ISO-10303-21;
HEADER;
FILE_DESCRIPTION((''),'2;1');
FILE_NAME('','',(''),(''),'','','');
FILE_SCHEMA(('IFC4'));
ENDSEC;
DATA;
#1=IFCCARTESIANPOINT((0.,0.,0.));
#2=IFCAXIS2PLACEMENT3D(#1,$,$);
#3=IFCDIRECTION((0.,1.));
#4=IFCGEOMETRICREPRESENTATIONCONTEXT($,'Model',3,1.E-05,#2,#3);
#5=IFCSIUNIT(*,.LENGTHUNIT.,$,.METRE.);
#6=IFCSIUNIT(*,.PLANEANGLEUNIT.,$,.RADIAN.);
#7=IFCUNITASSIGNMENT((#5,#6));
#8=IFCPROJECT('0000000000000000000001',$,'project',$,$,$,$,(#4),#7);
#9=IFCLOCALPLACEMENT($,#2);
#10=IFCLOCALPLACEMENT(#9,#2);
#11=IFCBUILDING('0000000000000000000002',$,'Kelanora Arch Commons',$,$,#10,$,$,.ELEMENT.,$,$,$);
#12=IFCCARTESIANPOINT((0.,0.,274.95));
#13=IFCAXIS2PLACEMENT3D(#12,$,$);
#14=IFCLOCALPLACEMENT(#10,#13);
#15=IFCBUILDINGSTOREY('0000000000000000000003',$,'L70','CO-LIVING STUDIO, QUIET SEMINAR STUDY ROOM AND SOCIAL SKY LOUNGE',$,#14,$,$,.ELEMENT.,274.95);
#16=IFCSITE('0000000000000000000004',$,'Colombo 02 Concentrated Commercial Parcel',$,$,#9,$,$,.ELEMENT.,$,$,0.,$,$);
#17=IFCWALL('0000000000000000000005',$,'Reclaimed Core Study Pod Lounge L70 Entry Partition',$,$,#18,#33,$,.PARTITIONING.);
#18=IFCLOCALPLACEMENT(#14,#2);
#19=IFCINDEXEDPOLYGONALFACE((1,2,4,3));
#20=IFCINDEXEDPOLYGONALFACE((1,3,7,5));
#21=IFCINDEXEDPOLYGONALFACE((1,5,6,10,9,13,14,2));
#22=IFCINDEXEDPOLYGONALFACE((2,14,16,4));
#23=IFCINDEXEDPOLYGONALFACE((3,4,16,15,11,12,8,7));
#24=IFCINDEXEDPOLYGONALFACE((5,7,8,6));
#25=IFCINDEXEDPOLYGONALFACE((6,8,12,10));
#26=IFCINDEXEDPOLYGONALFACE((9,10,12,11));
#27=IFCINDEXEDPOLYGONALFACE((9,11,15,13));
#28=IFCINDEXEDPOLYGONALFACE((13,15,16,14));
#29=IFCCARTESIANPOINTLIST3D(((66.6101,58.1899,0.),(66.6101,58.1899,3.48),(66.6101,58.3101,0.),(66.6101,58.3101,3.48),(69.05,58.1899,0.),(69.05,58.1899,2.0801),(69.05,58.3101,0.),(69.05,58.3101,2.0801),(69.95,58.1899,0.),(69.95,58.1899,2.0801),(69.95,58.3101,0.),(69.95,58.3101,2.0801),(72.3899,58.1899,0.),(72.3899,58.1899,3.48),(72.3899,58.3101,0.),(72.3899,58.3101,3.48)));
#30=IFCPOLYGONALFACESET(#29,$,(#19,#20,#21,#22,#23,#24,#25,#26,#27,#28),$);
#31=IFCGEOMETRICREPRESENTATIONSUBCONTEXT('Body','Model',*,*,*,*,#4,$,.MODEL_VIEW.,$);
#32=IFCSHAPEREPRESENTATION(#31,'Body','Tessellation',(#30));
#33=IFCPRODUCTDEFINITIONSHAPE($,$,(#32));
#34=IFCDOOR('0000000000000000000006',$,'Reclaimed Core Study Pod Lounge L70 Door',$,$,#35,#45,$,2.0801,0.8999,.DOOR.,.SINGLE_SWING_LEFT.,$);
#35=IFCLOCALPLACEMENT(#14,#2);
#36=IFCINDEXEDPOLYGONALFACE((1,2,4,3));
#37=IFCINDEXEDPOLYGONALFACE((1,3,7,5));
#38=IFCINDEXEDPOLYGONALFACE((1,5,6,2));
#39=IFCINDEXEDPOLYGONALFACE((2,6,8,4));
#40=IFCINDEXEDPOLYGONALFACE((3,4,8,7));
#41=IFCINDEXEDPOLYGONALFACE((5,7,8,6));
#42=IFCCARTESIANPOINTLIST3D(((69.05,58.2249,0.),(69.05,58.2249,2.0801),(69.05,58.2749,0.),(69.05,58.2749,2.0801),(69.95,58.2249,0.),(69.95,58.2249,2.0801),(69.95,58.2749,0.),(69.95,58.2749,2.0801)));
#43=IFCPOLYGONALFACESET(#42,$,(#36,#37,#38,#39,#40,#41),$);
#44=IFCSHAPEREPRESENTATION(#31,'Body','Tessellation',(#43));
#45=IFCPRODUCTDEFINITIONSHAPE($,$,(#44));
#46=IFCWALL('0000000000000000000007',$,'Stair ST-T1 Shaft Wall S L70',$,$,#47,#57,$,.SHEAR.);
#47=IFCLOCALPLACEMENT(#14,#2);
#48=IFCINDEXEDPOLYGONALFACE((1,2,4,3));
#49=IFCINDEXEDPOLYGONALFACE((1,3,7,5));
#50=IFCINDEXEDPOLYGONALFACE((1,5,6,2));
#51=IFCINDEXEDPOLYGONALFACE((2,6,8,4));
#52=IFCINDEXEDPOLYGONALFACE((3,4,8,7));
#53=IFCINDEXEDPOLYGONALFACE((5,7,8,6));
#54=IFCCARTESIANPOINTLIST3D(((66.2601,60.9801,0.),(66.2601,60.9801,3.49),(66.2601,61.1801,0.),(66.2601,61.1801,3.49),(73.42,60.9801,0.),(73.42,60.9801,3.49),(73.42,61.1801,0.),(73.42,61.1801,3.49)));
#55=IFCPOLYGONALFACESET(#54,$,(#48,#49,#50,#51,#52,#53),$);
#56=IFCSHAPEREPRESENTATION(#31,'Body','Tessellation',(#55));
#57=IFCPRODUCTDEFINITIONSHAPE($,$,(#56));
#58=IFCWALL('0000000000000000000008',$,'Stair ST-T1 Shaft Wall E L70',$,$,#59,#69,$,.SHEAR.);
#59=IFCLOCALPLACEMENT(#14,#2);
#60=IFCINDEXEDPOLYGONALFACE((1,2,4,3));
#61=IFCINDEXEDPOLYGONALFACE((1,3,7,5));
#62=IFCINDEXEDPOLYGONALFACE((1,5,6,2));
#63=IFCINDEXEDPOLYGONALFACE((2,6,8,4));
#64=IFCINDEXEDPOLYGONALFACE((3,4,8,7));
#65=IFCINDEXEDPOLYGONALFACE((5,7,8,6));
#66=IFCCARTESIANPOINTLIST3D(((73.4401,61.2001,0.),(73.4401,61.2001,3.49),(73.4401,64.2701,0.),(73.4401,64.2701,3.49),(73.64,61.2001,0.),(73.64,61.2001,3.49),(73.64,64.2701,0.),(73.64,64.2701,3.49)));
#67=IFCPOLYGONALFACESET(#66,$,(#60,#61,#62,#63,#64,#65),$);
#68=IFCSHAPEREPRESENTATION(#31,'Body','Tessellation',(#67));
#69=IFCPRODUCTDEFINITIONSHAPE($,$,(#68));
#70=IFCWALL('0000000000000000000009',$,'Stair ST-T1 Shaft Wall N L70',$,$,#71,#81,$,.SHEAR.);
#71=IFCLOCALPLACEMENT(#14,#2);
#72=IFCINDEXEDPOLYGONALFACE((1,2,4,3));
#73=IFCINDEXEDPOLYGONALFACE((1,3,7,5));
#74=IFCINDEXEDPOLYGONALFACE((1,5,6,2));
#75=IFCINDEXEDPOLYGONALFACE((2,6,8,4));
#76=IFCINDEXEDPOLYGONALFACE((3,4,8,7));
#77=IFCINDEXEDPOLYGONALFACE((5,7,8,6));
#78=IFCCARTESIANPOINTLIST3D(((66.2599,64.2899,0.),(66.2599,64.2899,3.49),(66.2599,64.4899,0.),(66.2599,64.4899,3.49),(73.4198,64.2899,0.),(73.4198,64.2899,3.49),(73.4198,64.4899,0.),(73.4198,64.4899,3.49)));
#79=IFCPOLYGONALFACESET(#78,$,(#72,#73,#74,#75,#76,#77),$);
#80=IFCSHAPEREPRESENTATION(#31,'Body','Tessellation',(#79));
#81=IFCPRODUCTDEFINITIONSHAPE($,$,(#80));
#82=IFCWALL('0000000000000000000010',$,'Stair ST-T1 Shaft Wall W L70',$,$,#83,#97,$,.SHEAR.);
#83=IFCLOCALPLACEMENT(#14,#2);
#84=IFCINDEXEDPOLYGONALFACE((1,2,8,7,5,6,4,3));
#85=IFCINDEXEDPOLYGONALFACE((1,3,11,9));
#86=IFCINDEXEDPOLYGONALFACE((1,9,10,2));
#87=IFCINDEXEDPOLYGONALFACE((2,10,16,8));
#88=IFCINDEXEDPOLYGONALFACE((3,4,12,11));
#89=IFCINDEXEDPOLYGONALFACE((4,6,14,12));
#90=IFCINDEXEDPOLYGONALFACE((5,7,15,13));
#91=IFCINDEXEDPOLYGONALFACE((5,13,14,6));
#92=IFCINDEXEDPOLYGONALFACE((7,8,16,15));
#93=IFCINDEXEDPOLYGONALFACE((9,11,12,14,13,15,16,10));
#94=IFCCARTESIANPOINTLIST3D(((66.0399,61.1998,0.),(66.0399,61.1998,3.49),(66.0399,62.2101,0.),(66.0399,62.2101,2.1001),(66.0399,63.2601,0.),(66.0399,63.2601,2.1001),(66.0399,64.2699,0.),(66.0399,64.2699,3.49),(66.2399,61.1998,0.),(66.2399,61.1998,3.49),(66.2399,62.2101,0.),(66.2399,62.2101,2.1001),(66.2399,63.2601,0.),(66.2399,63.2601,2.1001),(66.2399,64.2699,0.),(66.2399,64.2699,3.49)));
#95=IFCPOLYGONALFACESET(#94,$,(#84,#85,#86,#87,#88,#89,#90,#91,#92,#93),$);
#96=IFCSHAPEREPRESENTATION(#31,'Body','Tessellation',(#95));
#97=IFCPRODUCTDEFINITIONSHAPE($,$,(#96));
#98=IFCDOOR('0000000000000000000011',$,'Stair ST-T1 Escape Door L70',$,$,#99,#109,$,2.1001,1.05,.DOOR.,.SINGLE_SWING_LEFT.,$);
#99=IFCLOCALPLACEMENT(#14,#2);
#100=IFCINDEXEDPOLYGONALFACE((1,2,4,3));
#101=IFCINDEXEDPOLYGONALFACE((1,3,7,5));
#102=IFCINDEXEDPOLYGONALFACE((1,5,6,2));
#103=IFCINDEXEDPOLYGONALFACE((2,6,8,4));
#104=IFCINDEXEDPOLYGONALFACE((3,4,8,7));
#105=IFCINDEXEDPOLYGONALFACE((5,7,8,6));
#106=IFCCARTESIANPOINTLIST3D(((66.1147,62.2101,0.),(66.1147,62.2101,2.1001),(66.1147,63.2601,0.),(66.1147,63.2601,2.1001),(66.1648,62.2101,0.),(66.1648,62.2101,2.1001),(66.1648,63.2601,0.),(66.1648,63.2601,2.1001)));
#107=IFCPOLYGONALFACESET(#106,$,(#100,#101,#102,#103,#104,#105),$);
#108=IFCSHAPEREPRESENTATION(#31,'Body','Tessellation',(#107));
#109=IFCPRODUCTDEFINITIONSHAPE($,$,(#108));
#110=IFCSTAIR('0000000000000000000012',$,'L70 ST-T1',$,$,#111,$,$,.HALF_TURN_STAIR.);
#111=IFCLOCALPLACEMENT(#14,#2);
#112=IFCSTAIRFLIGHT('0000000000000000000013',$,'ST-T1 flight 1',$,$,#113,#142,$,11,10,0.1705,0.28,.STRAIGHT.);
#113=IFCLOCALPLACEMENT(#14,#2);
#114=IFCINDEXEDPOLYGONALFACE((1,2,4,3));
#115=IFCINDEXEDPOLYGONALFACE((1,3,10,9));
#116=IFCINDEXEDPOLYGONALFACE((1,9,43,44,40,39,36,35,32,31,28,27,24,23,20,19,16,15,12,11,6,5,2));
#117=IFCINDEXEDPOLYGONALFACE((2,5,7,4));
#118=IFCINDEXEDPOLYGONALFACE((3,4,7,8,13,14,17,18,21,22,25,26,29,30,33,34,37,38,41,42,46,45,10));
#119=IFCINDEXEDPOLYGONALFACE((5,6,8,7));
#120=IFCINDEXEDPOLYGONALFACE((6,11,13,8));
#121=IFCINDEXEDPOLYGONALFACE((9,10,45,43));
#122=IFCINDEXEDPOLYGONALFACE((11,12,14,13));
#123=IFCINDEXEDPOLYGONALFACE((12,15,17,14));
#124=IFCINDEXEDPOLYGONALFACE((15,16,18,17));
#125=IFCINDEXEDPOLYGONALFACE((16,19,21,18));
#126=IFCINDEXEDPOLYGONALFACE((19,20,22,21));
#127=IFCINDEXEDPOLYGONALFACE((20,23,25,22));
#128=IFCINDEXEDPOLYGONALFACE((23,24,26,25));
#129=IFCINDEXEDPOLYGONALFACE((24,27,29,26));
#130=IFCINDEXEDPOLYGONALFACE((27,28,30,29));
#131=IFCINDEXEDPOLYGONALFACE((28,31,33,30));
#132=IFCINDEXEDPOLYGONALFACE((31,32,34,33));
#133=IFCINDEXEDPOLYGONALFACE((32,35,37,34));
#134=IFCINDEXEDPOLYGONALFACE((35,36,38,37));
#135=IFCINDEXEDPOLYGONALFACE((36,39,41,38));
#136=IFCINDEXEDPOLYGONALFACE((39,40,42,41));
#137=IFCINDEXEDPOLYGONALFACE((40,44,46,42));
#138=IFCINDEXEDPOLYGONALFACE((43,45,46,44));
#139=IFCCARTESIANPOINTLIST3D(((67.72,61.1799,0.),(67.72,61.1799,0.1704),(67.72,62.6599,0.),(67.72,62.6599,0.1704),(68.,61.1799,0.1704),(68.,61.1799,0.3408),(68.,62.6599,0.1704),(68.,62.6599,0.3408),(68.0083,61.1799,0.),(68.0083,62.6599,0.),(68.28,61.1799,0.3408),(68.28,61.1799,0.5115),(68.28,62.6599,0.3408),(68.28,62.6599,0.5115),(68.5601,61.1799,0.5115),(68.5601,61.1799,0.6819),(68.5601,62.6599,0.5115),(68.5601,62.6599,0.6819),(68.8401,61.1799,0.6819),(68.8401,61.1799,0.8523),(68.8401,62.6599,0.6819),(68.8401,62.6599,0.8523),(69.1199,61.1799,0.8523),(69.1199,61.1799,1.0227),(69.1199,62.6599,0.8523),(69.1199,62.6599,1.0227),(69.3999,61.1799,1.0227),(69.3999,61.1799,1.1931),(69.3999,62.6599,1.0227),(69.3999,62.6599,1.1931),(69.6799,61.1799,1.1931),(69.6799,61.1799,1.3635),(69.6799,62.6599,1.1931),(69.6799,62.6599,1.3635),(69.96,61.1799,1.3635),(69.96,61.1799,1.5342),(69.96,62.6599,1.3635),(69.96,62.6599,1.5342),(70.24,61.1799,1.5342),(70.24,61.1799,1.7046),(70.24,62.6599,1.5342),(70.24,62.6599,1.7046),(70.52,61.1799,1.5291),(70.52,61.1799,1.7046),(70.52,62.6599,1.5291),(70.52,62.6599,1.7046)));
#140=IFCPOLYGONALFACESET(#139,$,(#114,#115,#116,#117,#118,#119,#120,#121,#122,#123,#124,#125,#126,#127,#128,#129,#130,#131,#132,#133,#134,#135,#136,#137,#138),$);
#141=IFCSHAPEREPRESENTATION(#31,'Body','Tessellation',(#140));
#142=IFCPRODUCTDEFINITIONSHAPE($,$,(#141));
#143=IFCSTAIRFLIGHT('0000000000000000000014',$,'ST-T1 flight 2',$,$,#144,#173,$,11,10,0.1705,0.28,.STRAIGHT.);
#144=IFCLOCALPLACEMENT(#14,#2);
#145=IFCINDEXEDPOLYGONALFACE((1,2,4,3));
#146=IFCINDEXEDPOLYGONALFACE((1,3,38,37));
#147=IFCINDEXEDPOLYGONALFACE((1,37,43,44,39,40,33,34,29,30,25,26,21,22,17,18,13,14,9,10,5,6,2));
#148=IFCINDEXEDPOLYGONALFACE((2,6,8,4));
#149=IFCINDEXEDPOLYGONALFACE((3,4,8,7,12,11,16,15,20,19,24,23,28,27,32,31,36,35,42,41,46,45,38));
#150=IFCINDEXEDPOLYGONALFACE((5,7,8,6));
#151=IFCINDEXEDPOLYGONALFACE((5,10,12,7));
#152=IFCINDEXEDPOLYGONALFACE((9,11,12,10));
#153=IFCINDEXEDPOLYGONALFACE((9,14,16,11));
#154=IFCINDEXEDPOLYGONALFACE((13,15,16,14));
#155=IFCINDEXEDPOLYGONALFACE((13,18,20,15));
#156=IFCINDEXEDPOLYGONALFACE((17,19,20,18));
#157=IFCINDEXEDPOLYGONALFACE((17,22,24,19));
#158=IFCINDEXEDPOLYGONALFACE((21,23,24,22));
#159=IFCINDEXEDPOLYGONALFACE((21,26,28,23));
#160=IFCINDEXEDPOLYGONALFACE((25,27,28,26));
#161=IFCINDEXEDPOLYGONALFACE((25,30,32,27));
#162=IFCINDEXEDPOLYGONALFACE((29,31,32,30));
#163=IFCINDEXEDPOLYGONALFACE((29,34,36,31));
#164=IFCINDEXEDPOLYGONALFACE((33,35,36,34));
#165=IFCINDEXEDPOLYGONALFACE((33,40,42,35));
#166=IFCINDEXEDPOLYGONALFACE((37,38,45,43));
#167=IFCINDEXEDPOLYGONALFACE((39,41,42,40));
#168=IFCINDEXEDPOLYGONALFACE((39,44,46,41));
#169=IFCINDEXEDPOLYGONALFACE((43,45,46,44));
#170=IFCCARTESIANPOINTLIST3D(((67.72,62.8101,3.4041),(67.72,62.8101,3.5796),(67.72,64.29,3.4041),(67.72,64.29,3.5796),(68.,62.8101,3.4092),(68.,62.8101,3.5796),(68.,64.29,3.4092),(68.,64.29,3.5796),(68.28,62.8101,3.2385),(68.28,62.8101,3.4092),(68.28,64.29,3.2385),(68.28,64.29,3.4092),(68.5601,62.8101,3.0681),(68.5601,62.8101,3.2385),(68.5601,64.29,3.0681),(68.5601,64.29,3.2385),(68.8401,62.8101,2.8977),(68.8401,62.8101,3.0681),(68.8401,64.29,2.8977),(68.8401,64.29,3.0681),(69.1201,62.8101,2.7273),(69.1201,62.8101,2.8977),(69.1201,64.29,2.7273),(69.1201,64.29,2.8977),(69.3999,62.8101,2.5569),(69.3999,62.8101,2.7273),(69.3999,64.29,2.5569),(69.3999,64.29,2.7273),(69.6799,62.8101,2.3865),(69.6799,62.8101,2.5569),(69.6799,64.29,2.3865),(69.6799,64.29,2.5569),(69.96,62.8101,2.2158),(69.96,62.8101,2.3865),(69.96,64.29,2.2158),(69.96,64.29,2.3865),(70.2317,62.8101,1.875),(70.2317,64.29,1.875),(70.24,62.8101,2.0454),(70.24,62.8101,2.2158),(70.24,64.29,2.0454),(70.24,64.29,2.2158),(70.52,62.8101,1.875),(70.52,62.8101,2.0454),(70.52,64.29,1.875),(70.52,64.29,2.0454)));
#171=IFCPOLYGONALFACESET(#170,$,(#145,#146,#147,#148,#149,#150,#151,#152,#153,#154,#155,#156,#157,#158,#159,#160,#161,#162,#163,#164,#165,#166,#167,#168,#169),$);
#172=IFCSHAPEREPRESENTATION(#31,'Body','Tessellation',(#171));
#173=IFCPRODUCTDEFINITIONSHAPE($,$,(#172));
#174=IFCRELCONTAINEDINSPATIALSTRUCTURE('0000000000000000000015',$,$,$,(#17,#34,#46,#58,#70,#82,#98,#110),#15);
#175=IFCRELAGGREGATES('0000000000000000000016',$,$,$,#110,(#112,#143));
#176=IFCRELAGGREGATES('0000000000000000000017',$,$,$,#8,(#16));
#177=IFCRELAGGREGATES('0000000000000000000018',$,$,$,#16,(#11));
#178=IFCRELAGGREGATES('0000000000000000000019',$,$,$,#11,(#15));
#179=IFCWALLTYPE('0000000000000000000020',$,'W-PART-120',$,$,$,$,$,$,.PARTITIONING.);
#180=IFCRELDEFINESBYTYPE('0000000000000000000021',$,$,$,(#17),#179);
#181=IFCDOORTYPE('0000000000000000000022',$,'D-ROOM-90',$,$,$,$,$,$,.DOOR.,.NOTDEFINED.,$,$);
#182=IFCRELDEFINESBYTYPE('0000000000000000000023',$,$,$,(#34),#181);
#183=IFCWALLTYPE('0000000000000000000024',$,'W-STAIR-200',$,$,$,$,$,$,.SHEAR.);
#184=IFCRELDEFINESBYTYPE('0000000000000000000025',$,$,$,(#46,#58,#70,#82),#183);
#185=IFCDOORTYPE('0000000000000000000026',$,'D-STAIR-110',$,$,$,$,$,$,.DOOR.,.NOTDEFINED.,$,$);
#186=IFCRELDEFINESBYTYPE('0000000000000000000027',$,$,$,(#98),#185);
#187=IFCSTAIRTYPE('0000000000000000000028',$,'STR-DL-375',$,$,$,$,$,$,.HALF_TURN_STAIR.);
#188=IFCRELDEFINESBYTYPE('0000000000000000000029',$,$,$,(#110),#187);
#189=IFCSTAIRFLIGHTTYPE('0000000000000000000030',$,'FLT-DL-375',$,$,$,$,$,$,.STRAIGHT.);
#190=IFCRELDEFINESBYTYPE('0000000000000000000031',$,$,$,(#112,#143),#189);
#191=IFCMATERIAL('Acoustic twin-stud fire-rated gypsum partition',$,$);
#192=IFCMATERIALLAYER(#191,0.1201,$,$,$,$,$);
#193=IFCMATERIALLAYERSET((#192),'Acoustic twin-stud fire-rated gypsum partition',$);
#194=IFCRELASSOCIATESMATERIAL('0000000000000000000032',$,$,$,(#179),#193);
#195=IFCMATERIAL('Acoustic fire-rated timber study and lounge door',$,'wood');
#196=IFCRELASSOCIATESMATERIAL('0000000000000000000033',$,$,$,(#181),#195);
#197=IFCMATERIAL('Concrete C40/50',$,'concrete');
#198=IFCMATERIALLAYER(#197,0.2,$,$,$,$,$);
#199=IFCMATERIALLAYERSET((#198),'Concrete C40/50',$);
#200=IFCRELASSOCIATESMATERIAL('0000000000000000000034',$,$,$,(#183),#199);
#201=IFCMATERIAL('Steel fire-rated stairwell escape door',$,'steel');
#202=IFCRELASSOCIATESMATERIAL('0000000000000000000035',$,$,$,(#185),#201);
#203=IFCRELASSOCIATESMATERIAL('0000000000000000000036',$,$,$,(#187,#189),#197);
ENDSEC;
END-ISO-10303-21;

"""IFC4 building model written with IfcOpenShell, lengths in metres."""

from ifc_helpers import new_model, si_unit, direction, frame, frame_2d, origin, place, context, subcontext, project, spatial, polyline, rectangle, outline, extrude, material, layer, layer_set, type_object, element, fill, aggregate, save


model = new_model("IFC4")

# Units and contexts
model_context = context("Model", 3, precision=1e-05, world=origin(), true_north=direction((0.0, 1.0)))
body_context = subcontext(model_context, "Body", "Model", "MODEL_VIEW")
ifc_project = project(units=[si_unit("LENGTHUNIT", "METRE"), si_unit("PLANEANGLEUNIT", "RADIAN")], contexts=[model_context])

# Site, building, storey
site_placement = place(None, origin())
site = spatial("IfcSite", under=ifc_project, at=site_placement, Name="Colombo 02 Concentrated Commercial Parcel", CompositionType="ELEMENT", RefElevation=0.0)
building_placement = place(site_placement, origin())
building = spatial("IfcBuilding", under=site, at=building_placement, Name="Kelanora Arch Commons", CompositionType="ELEMENT")
storey_placement = place(building_placement, frame((0.0, 0.0, 274.95)))
storey = spatial("IfcBuildingStorey", under=building, at=storey_placement, Name="L70", Description="CO-LIVING STUDIO, QUIET SEMINAR STUDY ROOM AND SOCIAL SKY LOUNGE", CompositionType="ELEMENT", Elevation=274.95)

# Wall, opening, door
ifc_material_1 = material(Name="Acoustic twin-stud fire-rated gypsum partition")
ifc_layer_1 = layer(ifc_material_1, 0.1201)
ifc_layer_set_1 = layer_set([ifc_layer_1], Name="Acoustic twin-stud fire-rated gypsum partition")
wall_type_1 = type_object("IfcWallType", Name="W-PART-120", PredefinedType="PARTITIONING", material=ifc_layer_set_1)
wall_1_placement = place(storey_placement, frame((66.6101, 58.25, 0.0), z_axis=(0.0, 0.0, 1.0), x_axis=(1.0, 0.0, 0.0)))
wall_1 = element("IfcWall", 1, at=wall_1_placement, inside=storey, type_object=wall_type_1, Name="Reclaimed Core Study Pod Lounge L70 Entry Partition", PredefinedType="PARTITIONING", context=body_context, shape_type="SweptSolid", body=[
    extrude(rectangle(XDim=5.7798, YDim=0.1201, at=frame_2d((2.8899, 0.0))), origin(), (0.0, 0.0, 1.0), 3.48),
])
opening_1_placement = place(wall_1_placement, frame((2.4399, 0.0, 0.0)))
opening_1 = element("IfcOpeningElement", 2, at=opening_1_placement, cuts=wall_1, PredefinedType="OPENING", context=body_context, shape_type="SweptSolid", body=[
    extrude(rectangle(XDim=0.8999, YDim=2.0801, at=frame_2d((0.45, 1.04))), frame((0.0, 0.0701, 0.0), z_axis=(0.0, -1.0, 0.0), x_axis=(1.0, 0.0, 0.0)), (0.0, 0.0, 1.0), 0.1401),
])
ifc_material_2 = material(Name="Acoustic fire-rated timber study and lounge door", Category="wood")
door_type_1 = type_object("IfcDoorType", Name="D-ROOM-90", OperationType="NOTDEFINED", PredefinedType="DOOR", material=ifc_material_2)
door_1_placement = place(opening_1_placement, origin())
door_1 = element("IfcDoor", 3, at=door_1_placement, inside=storey, type_object=door_type_1, Name="Reclaimed Core Study Pod Lounge L70 Door", OperationType="SINGLE_SWING_LEFT", OverallHeight=2.0801, OverallWidth=0.8999, PredefinedType="DOOR", context=body_context, shape_type="SweptSolid", body=[
    extrude(rectangle(XDim=0.8999, YDim=2.0801, at=frame_2d((0.45, 1.04))), frame((0.0, 0.0249, 0.0), z_axis=(0.0, -1.0, 0.0), x_axis=(1.0, 0.0, 0.0)), (0.0, 0.0, 1.0), 0.05),
])
fill(opening_1, door_1)

# Walls
ifc_material_3 = material(Name="Concrete C40/50", Category="concrete")
ifc_layer_2 = layer(ifc_material_3, 0.2)
ifc_layer_set_2 = layer_set([ifc_layer_2], Name="Concrete C40/50")
wall_type_2 = type_object("IfcWallType", Name="W-STAIR-200", PredefinedType="SHEAR", material=ifc_layer_set_2)
wall_2_placement = place(storey_placement, frame((66.26, 61.0801, 0.0), z_axis=(0.0, 0.0, 1.0), x_axis=(1.0, 0.0, 0.0)))
element("IfcWall", 4, at=wall_2_placement, inside=storey, type_object=wall_type_2, Name="Stair ST-T1 Shaft Wall S L70", PredefinedType="SHEAR", context=body_context, shape_type="SweptSolid", body=[
    extrude(rectangle(XDim=7.1599, YDim=0.2, at=frame_2d((3.5801, 0.0))), origin(), (0.0, 0.0, 1.0), 3.49),
])
wall_3_placement = place(storey_placement, frame((73.54, 61.2, 0.0), z_axis=(0.0, 0.0, 1.0), x_axis=(0.0, 1.0, 0.0)))
element("IfcWall", 5, at=wall_3_placement, inside=storey, type_object=wall_type_2, Name="Stair ST-T1 Shaft Wall E L70", PredefinedType="SHEAR", context=body_context, shape_type="SweptSolid", body=[
    extrude(rectangle(XDim=3.0701, YDim=0.2, at=frame_2d((1.5352, 0.0))), origin(), (0.0, 0.0, 1.0), 3.49),
])
wall_4_placement = place(storey_placement, frame((73.4199, 64.3899, 0.0), z_axis=(0.0, 0.0, 1.0), x_axis=(-1.0, 0.0, 0.0)))
element("IfcWall", 6, at=wall_4_placement, inside=storey, type_object=wall_type_2, Name="Stair ST-T1 Shaft Wall N L70", PredefinedType="SHEAR", context=body_context, shape_type="SweptSolid", body=[
    extrude(rectangle(XDim=7.1599, YDim=0.2, at=frame_2d((3.5801, 0.0))), origin(), (0.0, 0.0, 1.0), 3.49),
])

# Wall, opening, door
wall_5_placement = place(storey_placement, frame((66.1399, 64.27, 0.0), z_axis=(0.0, 0.0, 1.0), x_axis=(0.0, -1.0, 0.0)))
wall_5 = element("IfcWall", 7, at=wall_5_placement, inside=storey, type_object=wall_type_2, Name="Stair ST-T1 Shaft Wall W L70", PredefinedType="SHEAR", context=body_context, shape_type="SweptSolid", body=[
    extrude(rectangle(XDim=3.0701, YDim=0.2, at=frame_2d((1.5352, 0.0))), origin(), (0.0, 0.0, 1.0), 3.49),
])
opening_2_placement = place(wall_5_placement, frame((1.01, 0.0, 0.0)))
opening_2 = element("IfcOpeningElement", 8, at=opening_2_placement, cuts=wall_5, PredefinedType="OPENING", context=body_context, shape_type="SweptSolid", body=[
    extrude(rectangle(XDim=1.05, YDim=2.1001, at=frame_2d((0.5249, 1.05))), frame((0.0, 0.1099, 0.0), z_axis=(0.0, -1.0, 0.0), x_axis=(1.0, 0.0, 0.0)), (0.0, 0.0, 1.0), 0.22),
])
ifc_material_4 = material(Name="Steel fire-rated stairwell escape door", Category="steel")
door_type_2 = type_object("IfcDoorType", Name="D-STAIR-110", OperationType="NOTDEFINED", PredefinedType="DOOR", material=ifc_material_4)
door_2_placement = place(opening_2_placement, origin())
door_2 = element("IfcDoor", 9, at=door_2_placement, inside=storey, type_object=door_type_2, Name="Stair ST-T1 Escape Door L70", OperationType="SINGLE_SWING_LEFT", OverallHeight=2.1001, OverallWidth=1.05, PredefinedType="DOOR", context=body_context, shape_type="SweptSolid", body=[
    extrude(rectangle(XDim=1.05, YDim=2.1001, at=frame_2d((0.5249, 1.05))), frame((0.0, 0.0249, 0.0), z_axis=(0.0, -1.0, 0.0), x_axis=(1.0, 0.0, 0.0)), (0.0, 0.0, 1.0), 0.05),
])
fill(opening_2, door_2)

# Stair, stair flights
stair_type = type_object("IfcStairType", Name="STR-DL-375", PredefinedType="HALF_TURN_STAIR", material=ifc_material_3)
stair_placement = place(storey_placement, origin())
stair = element("IfcStair", 10, at=stair_placement, inside=storey, type_object=stair_type, Name="L70 ST-T1", PredefinedType="HALF_TURN_STAIR")
stair_flight_type = type_object("IfcStairFlightType", Name="FLT-DL-375", PredefinedType="STRAIGHT", material=ifc_material_3)
stair_flight_1_placement = place(storey_placement, frame((67.72, 61.9199, 0.0), z_axis=(0.0, 0.0, 1.0), x_axis=(1.0, 0.0, 0.0)))
stair_flight_1 = element("IfcStairFlight", 11, at=stair_flight_1_placement, type_object=stair_flight_type, Name="ST-T1 flight 1", NumberOfRisers=11, NumberOfTreads=10, PredefinedType="STRAIGHT", RiserHeight=0.1705, TreadLength=0.28, context=body_context, shape_type="SweptSolid", body=[
    extrude(outline(polyline([(0.0, 0.0), (0.0, 0.1704), (0.28, 0.1704), (0.28, 0.3408), (0.5601, 0.3408), (0.5601, 0.5115), (0.8401, 0.5115), (0.8401, 0.6819), (1.1201, 0.6819), (1.1201, 0.8523), (1.3999, 0.8523), (1.3999, 1.0227), (1.6799, 1.0227), (1.6799, 1.1931), (1.96, 1.1931), (1.96, 1.3635), (2.24, 1.3635), (2.24, 1.5342), (2.52, 1.5342), (2.52, 1.7046), (2.8, 1.7046), (2.8, 1.875), (2.8, 1.5291), (0.2883, 0.0), (0.0, 0.0)])), frame((0.0, 0.74, 0.0), z_axis=(0.0, -1.0, 0.0), x_axis=(1.0, 0.0, 0.0)), (0.0, 0.0, 1.0), 1.48),
])
stair_flight_2_placement = place(storey_placement, frame((70.52, 63.55, 1.875), z_axis=(0.0, 0.0, 1.0), x_axis=(-1.0, 0.0, 0.0)))
stair_flight_2 = element("IfcStairFlight", 12, at=stair_flight_2_placement, type_object=stair_flight_type, Name="ST-T1 flight 2", NumberOfRisers=11, NumberOfTreads=10, PredefinedType="STRAIGHT", RiserHeight=0.1705, TreadLength=0.28, context=body_context, shape_type="SweptSolid", body=[
    extrude(outline(polyline([(0.0, 0.0), (0.0, 0.1704), (0.28, 0.1704), (0.28, 0.3408), (0.5601, 0.3408), (0.5601, 0.5115), (0.8401, 0.5115), (0.8401, 0.6819), (1.1201, 0.6819), (1.1201, 0.8523), (1.3999, 0.8523), (1.3999, 1.0227), (1.6799, 1.0227), (1.6799, 1.1931), (1.96, 1.1931), (1.96, 1.3635), (2.24, 1.3635), (2.24, 1.5342), (2.52, 1.5342), (2.52, 1.7046), (2.8, 1.7046), (2.8, 1.875), (2.8, 1.5291), (0.2883, 0.0), (0.0, 0.0)])), frame((0.0, 0.74, 0.0), z_axis=(0.0, -1.0, 0.0), x_axis=(1.0, 0.0, 0.0)), (0.0, 0.0, 1.0), 1.48),
])
aggregate(stair, [stair_flight_1, stair_flight_2])

save(model, "model.ifc")
